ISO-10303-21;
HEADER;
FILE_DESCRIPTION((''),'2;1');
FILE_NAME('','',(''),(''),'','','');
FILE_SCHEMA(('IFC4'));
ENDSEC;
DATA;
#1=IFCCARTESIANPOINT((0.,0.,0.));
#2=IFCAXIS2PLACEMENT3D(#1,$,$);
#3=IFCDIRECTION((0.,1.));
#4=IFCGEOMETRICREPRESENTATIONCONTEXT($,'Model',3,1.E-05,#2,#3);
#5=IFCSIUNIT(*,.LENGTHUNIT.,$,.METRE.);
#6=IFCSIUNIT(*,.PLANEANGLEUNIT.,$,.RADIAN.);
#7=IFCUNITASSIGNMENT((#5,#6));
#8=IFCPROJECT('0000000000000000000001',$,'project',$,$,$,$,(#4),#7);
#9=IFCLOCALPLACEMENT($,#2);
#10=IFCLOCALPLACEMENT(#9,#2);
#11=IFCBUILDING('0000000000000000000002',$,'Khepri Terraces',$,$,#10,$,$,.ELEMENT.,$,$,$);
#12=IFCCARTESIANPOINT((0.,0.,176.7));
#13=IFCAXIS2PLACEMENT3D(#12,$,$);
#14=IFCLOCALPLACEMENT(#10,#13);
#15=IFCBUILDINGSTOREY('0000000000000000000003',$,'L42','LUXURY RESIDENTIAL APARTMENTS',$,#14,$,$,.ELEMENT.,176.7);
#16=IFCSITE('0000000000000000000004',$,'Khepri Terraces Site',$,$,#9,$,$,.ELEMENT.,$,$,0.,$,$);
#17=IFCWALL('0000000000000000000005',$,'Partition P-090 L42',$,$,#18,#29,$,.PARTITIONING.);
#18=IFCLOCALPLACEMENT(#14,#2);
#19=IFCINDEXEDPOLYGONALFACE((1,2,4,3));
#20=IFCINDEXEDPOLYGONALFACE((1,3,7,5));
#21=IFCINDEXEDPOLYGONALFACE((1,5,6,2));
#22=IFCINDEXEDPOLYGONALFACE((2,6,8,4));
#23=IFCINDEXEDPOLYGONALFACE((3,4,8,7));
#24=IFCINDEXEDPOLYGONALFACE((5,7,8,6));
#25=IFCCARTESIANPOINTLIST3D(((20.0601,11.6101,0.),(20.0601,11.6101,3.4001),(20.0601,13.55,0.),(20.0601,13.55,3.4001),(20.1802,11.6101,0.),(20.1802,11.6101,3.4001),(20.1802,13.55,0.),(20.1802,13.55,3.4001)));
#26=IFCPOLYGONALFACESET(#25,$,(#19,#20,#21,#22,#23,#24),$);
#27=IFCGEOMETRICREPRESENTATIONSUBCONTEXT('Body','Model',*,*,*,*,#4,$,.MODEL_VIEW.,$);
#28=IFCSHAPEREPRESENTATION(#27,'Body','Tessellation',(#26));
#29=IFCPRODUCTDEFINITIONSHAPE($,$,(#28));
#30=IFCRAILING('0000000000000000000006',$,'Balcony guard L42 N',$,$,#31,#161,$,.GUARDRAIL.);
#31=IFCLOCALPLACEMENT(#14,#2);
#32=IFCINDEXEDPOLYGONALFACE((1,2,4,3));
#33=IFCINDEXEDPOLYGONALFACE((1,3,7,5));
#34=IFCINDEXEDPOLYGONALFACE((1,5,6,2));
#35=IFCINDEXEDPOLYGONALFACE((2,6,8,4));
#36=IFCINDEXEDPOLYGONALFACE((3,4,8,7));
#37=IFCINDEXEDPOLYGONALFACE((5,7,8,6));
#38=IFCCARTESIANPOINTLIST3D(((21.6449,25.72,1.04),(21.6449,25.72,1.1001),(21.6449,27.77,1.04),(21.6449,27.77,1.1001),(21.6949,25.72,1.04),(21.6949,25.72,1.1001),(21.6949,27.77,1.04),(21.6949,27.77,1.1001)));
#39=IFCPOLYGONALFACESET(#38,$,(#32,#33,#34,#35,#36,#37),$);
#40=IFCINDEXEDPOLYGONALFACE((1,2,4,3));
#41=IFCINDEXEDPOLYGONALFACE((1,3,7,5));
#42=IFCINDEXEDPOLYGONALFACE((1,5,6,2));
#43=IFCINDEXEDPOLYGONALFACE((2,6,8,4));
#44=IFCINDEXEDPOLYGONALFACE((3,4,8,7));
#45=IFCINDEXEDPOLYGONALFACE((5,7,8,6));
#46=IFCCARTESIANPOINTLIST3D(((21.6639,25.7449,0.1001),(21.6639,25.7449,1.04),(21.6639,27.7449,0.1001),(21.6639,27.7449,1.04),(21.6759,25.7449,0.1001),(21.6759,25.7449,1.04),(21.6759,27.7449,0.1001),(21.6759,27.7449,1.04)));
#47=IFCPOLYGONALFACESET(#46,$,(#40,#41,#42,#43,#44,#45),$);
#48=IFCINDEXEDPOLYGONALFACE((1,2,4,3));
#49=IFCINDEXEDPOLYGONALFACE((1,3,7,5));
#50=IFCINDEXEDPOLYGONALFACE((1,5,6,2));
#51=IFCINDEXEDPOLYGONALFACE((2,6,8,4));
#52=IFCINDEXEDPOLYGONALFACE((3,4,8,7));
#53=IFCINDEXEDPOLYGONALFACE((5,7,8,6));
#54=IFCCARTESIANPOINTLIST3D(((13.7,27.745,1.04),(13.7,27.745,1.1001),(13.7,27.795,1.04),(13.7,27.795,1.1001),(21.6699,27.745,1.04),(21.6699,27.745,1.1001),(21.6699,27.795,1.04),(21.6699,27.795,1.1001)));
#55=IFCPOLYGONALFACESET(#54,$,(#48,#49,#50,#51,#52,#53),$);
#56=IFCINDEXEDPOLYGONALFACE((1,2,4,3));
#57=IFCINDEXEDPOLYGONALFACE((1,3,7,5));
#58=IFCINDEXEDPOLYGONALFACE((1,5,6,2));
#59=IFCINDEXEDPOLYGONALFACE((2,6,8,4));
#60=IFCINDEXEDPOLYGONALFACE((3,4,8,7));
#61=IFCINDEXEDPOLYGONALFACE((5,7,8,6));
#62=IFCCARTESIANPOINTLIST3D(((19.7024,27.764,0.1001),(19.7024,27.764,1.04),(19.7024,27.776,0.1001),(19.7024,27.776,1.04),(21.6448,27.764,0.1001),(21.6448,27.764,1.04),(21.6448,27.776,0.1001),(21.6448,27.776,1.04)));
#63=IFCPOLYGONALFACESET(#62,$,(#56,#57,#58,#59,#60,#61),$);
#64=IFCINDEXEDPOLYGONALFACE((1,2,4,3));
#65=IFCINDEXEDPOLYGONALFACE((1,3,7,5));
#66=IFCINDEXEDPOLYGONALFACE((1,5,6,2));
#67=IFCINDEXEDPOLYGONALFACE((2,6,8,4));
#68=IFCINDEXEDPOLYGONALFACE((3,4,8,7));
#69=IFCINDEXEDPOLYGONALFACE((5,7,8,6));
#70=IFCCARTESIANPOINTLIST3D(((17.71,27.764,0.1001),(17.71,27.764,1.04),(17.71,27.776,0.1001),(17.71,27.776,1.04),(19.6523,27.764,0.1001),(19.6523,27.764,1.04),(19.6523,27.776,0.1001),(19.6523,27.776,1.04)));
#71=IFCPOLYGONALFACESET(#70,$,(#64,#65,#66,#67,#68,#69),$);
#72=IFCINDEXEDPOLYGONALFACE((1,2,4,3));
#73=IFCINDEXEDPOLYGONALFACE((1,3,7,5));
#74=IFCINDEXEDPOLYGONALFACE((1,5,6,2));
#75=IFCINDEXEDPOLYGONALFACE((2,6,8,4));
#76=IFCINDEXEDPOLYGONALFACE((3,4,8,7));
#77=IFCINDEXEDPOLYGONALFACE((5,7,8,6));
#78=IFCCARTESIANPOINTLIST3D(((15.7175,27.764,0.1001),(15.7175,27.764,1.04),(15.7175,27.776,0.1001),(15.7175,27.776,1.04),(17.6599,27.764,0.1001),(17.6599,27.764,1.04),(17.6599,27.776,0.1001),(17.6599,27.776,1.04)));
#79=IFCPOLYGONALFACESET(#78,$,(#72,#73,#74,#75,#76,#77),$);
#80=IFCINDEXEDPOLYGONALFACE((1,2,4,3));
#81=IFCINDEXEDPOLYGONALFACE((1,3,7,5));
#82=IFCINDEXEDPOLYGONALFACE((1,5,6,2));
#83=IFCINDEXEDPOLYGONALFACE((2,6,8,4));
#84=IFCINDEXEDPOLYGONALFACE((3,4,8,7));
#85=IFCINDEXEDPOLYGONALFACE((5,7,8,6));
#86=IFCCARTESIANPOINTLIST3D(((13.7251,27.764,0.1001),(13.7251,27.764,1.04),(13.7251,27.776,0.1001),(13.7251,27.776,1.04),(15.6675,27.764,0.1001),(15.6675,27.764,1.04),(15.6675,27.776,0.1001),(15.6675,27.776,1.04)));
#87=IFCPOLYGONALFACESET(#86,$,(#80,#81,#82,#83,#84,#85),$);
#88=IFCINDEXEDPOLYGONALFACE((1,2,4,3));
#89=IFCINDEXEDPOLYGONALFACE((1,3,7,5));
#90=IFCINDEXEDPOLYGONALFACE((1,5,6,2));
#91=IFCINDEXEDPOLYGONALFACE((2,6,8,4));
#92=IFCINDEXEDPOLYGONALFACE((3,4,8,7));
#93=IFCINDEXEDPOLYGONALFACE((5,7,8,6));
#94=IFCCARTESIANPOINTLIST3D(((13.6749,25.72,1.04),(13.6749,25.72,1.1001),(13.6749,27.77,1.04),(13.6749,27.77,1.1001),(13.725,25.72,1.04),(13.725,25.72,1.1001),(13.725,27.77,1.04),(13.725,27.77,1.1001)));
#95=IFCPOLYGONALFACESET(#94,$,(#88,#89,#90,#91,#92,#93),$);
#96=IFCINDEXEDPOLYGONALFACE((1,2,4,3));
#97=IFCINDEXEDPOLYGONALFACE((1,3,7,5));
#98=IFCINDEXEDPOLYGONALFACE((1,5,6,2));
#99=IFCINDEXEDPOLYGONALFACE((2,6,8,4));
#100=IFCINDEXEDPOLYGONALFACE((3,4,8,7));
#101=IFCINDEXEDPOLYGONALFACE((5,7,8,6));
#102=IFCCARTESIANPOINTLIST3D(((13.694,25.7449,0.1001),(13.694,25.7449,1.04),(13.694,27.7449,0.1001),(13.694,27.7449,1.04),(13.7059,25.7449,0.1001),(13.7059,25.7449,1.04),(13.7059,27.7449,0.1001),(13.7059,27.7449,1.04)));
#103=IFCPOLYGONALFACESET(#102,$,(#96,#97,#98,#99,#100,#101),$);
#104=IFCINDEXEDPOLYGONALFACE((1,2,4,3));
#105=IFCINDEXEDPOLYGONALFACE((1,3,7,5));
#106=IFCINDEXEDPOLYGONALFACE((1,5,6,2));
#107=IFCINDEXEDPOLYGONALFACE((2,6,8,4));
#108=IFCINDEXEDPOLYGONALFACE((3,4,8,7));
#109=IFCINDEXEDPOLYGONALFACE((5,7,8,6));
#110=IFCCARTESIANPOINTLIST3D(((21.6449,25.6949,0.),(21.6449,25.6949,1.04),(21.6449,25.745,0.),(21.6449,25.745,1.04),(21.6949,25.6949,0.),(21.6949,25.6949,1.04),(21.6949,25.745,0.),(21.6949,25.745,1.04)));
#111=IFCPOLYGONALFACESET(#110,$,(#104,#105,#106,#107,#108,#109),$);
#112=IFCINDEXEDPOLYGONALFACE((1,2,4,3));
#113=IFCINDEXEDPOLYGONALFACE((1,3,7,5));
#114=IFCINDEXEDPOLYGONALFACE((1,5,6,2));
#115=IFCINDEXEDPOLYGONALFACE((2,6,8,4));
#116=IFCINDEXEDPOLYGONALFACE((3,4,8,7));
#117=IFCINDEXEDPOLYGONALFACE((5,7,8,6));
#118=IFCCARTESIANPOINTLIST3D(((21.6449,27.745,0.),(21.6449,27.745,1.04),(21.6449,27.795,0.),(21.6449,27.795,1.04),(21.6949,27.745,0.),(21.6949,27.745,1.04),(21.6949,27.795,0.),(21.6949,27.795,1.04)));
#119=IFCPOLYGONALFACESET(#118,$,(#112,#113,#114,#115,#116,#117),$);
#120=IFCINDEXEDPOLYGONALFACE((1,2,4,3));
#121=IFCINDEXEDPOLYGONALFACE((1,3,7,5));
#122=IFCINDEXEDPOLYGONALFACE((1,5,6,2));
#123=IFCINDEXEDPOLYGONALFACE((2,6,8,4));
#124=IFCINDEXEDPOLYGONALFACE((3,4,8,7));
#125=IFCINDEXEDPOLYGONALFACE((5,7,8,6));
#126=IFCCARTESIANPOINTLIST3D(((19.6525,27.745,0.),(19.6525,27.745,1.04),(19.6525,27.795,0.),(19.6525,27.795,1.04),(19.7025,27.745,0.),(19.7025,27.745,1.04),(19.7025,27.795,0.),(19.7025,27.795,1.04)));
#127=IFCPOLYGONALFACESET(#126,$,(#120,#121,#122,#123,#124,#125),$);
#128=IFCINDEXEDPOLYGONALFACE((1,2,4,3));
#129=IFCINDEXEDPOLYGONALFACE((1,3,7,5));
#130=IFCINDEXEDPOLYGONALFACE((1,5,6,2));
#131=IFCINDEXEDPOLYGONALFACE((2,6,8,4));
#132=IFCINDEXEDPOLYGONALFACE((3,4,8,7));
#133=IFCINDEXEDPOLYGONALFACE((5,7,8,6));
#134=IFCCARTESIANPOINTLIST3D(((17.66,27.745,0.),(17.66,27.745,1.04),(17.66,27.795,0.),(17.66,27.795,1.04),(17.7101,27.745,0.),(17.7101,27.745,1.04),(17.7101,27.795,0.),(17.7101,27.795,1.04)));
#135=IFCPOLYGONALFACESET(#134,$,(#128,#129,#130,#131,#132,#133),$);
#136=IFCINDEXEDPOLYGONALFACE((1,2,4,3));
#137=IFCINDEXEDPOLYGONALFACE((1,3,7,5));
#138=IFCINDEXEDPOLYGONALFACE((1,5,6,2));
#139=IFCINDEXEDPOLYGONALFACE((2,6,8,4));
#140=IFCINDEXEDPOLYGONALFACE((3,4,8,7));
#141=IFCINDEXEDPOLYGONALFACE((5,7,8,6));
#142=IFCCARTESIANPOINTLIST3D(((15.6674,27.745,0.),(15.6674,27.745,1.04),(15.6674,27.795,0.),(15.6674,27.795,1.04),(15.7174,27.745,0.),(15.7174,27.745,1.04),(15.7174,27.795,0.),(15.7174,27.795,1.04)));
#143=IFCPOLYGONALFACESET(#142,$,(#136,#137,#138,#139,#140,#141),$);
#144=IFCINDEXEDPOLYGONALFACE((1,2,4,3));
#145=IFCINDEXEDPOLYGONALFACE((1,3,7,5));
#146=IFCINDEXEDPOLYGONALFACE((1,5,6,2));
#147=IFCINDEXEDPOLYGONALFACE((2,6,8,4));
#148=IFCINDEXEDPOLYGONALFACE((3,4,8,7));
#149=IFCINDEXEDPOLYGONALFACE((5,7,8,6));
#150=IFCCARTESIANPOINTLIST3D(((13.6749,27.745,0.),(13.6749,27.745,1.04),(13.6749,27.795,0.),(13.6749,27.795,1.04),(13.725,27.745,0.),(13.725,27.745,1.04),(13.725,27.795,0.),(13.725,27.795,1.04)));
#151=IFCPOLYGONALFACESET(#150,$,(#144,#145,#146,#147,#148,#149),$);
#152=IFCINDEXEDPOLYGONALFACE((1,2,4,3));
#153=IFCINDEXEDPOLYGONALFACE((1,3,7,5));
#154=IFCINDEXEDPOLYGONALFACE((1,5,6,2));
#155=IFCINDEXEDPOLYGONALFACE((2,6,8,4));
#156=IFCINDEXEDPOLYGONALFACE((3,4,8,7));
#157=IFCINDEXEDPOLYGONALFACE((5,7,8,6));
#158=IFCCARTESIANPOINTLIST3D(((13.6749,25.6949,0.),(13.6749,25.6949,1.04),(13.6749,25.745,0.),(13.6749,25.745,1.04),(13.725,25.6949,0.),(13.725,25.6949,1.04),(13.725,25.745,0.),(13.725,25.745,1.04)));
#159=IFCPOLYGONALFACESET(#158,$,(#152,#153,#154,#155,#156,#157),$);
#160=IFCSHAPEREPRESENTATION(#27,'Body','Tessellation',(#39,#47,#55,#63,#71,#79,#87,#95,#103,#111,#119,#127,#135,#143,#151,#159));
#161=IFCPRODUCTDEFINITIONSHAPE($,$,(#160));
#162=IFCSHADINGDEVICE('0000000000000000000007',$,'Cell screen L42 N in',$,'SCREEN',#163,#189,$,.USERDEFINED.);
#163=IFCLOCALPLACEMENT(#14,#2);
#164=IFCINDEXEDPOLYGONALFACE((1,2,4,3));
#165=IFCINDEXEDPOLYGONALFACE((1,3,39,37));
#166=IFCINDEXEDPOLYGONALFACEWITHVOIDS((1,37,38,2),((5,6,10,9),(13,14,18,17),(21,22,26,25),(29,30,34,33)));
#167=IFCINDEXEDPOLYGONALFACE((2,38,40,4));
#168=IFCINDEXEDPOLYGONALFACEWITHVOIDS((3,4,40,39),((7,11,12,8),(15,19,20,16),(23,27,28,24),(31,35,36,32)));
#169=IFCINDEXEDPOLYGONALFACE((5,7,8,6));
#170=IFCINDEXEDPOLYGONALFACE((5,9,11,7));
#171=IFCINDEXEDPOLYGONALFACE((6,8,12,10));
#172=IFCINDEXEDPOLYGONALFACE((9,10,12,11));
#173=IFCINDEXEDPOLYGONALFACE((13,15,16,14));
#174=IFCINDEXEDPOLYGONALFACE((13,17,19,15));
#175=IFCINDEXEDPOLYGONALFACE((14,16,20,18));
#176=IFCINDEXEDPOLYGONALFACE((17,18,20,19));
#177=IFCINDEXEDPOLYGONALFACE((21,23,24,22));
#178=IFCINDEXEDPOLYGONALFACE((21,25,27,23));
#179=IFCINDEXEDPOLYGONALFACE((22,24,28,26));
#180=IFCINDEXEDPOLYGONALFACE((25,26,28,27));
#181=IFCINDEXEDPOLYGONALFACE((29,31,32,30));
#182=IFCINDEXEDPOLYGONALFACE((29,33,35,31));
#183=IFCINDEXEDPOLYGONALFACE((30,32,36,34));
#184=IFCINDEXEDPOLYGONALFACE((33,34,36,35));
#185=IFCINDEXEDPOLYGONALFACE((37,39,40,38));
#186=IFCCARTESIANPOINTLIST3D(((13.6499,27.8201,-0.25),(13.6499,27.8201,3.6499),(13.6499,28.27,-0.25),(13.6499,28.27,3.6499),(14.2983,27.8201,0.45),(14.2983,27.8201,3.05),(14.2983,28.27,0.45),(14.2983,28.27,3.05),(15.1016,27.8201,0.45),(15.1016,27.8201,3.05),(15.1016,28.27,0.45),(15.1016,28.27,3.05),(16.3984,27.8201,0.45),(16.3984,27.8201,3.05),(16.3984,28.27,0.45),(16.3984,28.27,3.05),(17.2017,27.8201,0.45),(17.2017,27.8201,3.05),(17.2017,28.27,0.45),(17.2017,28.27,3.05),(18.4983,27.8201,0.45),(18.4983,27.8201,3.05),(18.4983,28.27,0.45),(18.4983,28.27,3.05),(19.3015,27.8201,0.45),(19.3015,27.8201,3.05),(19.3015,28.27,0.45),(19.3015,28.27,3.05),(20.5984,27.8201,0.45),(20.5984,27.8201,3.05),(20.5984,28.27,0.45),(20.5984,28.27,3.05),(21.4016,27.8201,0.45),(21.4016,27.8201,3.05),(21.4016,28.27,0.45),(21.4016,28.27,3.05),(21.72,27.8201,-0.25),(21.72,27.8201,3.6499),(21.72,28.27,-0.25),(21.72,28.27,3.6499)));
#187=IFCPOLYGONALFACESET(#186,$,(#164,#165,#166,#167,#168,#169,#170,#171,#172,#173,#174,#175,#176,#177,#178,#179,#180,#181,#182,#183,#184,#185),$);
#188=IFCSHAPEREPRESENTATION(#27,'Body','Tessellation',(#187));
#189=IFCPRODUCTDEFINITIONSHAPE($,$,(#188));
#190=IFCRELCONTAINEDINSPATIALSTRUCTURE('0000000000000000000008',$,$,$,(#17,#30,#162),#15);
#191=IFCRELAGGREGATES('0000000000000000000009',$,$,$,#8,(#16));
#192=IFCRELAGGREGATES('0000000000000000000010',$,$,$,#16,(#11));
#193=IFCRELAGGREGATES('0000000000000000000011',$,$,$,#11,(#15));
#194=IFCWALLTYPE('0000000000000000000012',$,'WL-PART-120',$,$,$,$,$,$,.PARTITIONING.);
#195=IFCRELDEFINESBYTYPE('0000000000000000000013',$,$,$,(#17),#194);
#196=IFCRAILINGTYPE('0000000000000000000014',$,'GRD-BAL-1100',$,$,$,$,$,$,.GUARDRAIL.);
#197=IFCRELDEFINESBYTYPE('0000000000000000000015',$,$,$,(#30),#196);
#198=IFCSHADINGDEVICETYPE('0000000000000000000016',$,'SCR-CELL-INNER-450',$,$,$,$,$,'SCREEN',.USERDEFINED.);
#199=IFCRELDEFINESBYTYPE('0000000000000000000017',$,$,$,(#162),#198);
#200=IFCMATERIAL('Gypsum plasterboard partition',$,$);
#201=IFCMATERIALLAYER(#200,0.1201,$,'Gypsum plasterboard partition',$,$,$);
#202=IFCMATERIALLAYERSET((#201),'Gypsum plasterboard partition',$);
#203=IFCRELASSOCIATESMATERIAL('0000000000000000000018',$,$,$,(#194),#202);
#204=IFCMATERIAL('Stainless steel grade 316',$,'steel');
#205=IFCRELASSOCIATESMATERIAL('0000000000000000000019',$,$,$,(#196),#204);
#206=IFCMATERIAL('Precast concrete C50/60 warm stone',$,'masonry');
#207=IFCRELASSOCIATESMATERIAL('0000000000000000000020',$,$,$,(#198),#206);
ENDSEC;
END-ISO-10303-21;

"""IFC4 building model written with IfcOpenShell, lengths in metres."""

from ifc_helpers import new_model, si_unit, direction, frame, frame_2d, origin, origin_2d, place, context, subcontext, project, spatial, polyline, rectangle, outline, extrude, material, layer, layer_set, type_object, element, save


model = new_model("IFC4")

# Units and contexts
model_context = context("Model", 3, precision=1e-05, world=origin(), true_north=direction((0.0, 1.0)))
body_context = subcontext(model_context, "Body", "Model", "MODEL_VIEW")
ifc_project = project(units=[si_unit("LENGTHUNIT", "METRE"), si_unit("PLANEANGLEUNIT", "RADIAN")], contexts=[model_context])

# Site, building, storey
site_placement = place(None, origin())
site = spatial("IfcSite", under=ifc_project, at=site_placement, Name="Khepri Terraces Site", CompositionType="ELEMENT", RefElevation=0.0)
building_placement = place(site_placement, origin())
building = spatial("IfcBuilding", under=site, at=building_placement, Name="Khepri Terraces", CompositionType="ELEMENT")
storey_placement = place(building_placement, frame((0.0, 0.0, 176.7)))
storey = spatial("IfcBuildingStorey", under=building, at=storey_placement, Name="L42", Description="LUXURY RESIDENTIAL APARTMENTS", CompositionType="ELEMENT", Elevation=176.7)

# Shared definitions
ifc_material_1 = material(Name="Precast concrete C50/60 warm stone", Category="masonry")

# Shared definitions
ifc_material_2 = material(Name="Gypsum plasterboard partition")
ifc_layer_1 = layer(ifc_material_2, 0.1201, Name="Gypsum plasterboard partition")
ifc_layer_set_1 = layer_set([ifc_layer_1], Name="Gypsum plasterboard partition")
wall_type_1 = type_object("IfcWallType", Name="WL-PART-120", PredefinedType="PARTITIONING", material=ifc_layer_set_1)

# Wall
wall_1_placement = place(storey_placement, frame((20.1201, 11.6101, 0.0), z_axis=(0.0, 0.0, 1.0), x_axis=(0.0, 1.0, 0.0)))
element("IfcWall", 1, at=wall_1_placement, inside=storey, type_object=wall_type_1, Name="Partition P-090 L42", PredefinedType="PARTITIONING", context=body_context, shape_type="SweptSolid", body=[
    extrude(rectangle(XDim=1.9399, YDim=0.1201, at=frame_2d((0.97, 0.0))), origin(), (0.0, 0.0, 1.0), 3.4001),
])

# Railing
ifc_material_3 = material(Name="Stainless steel grade 316", Category="steel")
railing_type = type_object("IfcRailingType", Name="GRD-BAL-1100", PredefinedType="GUARDRAIL", material=ifc_material_3)
railing_placement = place(storey_placement, frame((21.6699, 25.72, 0.0)))
element("IfcRailing", 2, at=railing_placement, inside=storey, type_object=railing_type, Name="Balcony guard L42 N", PredefinedType="GUARDRAIL", context=body_context, shape_type="SweptSolid", body=[
    extrude(rectangle(XDim=0.05, YDim=0.0601, at=origin_2d()), frame((0.0, 0.0, 1.0701), z_axis=(0.0, 1.0, 0.0), x_axis=(-1.0, 0.0, 0.0)), (0.0, 0.0, 1.0), 2.05),
    extrude(rectangle(XDim=2.0, YDim=0.012, at=origin_2d()), frame((0.0, 1.0249, 0.1001), z_axis=(0.0, 0.0, 1.0), x_axis=(0.0, 1.0, 0.0)), (0.0, 0.0, 1.0), 0.9399),
    extrude(rectangle(XDim=0.05, YDim=0.0601, at=origin_2d()), frame((0.0, 2.05, 1.0701), z_axis=(-1.0, 0.0, 0.0), x_axis=(0.0, -1.0, 0.0)), (0.0, 0.0, 1.0), 7.97),
    extrude(rectangle(XDim=1.9424, YDim=0.012, at=origin_2d()), frame((-0.9963, 2.05, 0.1001), z_axis=(0.0, 0.0, 1.0), x_axis=(-1.0, 0.0, 0.0)), (0.0, 0.0, 1.0), 0.9399),
    extrude(rectangle(XDim=1.9424, YDim=0.012, at=origin_2d()), frame((-2.9888, 2.05, 0.1001), z_axis=(0.0, 0.0, 1.0), x_axis=(-1.0, 0.0, 0.0)), (0.0, 0.0, 1.0), 0.9399),
    extrude(rectangle(XDim=1.9424, YDim=0.012, at=origin_2d()), frame((-4.9812, 2.05, 0.1001), z_axis=(0.0, 0.0, 1.0), x_axis=(-1.0, 0.0, 0.0)), (0.0, 0.0, 1.0), 0.9399),
    extrude(rectangle(XDim=1.9424, YDim=0.012, at=origin_2d()), frame((-6.9736, 2.05, 0.1001), z_axis=(0.0, 0.0, 1.0), x_axis=(-1.0, 0.0, 0.0)), (0.0, 0.0, 1.0), 0.9399),
    extrude(rectangle(XDim=0.05, YDim=0.0601, at=origin_2d()), frame((-7.97, 2.05, 1.0701), z_axis=(0.0, -1.0, 0.0), x_axis=(1.0, 0.0, 0.0)), (0.0, 0.0, 1.0), 2.05),
    extrude(rectangle(XDim=2.0, YDim=0.012, at=origin_2d()), frame((-7.97, 1.0249, 0.1001), z_axis=(0.0, 0.0, 1.0), x_axis=(0.0, -1.0, 0.0)), (0.0, 0.0, 1.0), 0.9399),
    extrude(rectangle(XDim=0.05, YDim=0.05, at=origin_2d()), origin(), (0.0, 0.0, 1.0), 1.04),
    extrude(rectangle(XDim=0.05, YDim=0.05, at=origin_2d()), frame((0.0, 2.05, 0.0)), (0.0, 0.0, 1.0), 1.04),
    extrude(rectangle(XDim=0.05, YDim=0.05, at=origin_2d()), frame((-1.9924, 2.05, 0.0)), (0.0, 0.0, 1.0), 1.04),
    extrude(rectangle(XDim=0.05, YDim=0.05, at=origin_2d()), frame((-3.9849, 2.05, 0.0)), (0.0, 0.0, 1.0), 1.04),
    extrude(rectangle(XDim=0.05, YDim=0.05, at=origin_2d()), frame((-5.9775, 2.05, 0.0)), (0.0, 0.0, 1.0), 1.04),
    extrude(rectangle(XDim=0.05, YDim=0.05, at=origin_2d()), frame((-7.97, 2.05, 0.0)), (0.0, 0.0, 1.0), 1.04),
    extrude(rectangle(XDim=0.05, YDim=0.05, at=origin_2d()), frame((-7.97, 0.0, 0.0)), (0.0, 0.0, 1.0), 1.04),
])

# Shading device
shading_device_type_1 = type_object("IfcShadingDeviceType", Name="SCR-CELL-INNER-450", ElementType="SCREEN", PredefinedType="USERDEFINED", material=ifc_material_1)
shading_device_1_placement = place(storey_placement, frame((21.72, 27.8201, -0.25), z_axis=(0.0, 1.0, 0.0), x_axis=(-1.0, 0.0, 0.0)))
element("IfcShadingDevice", 3, at=shading_device_1_placement, inside=storey, type_object=shading_device_type_1, Name="Cell screen L42 N in", ObjectType="SCREEN", PredefinedType="USERDEFINED", context=body_context, shape_type="SweptSolid", body=[
    extrude(outline(polyline([(0.0, 0.0), (8.0701, 0.0), (8.0701, 3.8999), (0.0, 3.8999), (0.0, 0.0)]), holes=[polyline([(0.3184, 0.7), (1.1216, 0.7), (1.1216, 3.3), (0.3184, 3.3), (0.3184, 0.7)]), polyline([(2.4185, 0.7), (3.2217, 0.7), (3.2217, 3.3), (2.4185, 3.3), (2.4185, 0.7)]), polyline([(4.5183, 0.7), (5.3215, 0.7), (5.3215, 3.3), (4.5183, 3.3), (4.5183, 0.7)]), polyline([(6.6184, 0.7), (7.4216, 0.7), (7.4216, 3.3), (6.6184, 3.3), (6.6184, 0.7)])]), origin(), (0.0, 0.0, 1.0), 0.45),
])

save(model, "model.ifc")
